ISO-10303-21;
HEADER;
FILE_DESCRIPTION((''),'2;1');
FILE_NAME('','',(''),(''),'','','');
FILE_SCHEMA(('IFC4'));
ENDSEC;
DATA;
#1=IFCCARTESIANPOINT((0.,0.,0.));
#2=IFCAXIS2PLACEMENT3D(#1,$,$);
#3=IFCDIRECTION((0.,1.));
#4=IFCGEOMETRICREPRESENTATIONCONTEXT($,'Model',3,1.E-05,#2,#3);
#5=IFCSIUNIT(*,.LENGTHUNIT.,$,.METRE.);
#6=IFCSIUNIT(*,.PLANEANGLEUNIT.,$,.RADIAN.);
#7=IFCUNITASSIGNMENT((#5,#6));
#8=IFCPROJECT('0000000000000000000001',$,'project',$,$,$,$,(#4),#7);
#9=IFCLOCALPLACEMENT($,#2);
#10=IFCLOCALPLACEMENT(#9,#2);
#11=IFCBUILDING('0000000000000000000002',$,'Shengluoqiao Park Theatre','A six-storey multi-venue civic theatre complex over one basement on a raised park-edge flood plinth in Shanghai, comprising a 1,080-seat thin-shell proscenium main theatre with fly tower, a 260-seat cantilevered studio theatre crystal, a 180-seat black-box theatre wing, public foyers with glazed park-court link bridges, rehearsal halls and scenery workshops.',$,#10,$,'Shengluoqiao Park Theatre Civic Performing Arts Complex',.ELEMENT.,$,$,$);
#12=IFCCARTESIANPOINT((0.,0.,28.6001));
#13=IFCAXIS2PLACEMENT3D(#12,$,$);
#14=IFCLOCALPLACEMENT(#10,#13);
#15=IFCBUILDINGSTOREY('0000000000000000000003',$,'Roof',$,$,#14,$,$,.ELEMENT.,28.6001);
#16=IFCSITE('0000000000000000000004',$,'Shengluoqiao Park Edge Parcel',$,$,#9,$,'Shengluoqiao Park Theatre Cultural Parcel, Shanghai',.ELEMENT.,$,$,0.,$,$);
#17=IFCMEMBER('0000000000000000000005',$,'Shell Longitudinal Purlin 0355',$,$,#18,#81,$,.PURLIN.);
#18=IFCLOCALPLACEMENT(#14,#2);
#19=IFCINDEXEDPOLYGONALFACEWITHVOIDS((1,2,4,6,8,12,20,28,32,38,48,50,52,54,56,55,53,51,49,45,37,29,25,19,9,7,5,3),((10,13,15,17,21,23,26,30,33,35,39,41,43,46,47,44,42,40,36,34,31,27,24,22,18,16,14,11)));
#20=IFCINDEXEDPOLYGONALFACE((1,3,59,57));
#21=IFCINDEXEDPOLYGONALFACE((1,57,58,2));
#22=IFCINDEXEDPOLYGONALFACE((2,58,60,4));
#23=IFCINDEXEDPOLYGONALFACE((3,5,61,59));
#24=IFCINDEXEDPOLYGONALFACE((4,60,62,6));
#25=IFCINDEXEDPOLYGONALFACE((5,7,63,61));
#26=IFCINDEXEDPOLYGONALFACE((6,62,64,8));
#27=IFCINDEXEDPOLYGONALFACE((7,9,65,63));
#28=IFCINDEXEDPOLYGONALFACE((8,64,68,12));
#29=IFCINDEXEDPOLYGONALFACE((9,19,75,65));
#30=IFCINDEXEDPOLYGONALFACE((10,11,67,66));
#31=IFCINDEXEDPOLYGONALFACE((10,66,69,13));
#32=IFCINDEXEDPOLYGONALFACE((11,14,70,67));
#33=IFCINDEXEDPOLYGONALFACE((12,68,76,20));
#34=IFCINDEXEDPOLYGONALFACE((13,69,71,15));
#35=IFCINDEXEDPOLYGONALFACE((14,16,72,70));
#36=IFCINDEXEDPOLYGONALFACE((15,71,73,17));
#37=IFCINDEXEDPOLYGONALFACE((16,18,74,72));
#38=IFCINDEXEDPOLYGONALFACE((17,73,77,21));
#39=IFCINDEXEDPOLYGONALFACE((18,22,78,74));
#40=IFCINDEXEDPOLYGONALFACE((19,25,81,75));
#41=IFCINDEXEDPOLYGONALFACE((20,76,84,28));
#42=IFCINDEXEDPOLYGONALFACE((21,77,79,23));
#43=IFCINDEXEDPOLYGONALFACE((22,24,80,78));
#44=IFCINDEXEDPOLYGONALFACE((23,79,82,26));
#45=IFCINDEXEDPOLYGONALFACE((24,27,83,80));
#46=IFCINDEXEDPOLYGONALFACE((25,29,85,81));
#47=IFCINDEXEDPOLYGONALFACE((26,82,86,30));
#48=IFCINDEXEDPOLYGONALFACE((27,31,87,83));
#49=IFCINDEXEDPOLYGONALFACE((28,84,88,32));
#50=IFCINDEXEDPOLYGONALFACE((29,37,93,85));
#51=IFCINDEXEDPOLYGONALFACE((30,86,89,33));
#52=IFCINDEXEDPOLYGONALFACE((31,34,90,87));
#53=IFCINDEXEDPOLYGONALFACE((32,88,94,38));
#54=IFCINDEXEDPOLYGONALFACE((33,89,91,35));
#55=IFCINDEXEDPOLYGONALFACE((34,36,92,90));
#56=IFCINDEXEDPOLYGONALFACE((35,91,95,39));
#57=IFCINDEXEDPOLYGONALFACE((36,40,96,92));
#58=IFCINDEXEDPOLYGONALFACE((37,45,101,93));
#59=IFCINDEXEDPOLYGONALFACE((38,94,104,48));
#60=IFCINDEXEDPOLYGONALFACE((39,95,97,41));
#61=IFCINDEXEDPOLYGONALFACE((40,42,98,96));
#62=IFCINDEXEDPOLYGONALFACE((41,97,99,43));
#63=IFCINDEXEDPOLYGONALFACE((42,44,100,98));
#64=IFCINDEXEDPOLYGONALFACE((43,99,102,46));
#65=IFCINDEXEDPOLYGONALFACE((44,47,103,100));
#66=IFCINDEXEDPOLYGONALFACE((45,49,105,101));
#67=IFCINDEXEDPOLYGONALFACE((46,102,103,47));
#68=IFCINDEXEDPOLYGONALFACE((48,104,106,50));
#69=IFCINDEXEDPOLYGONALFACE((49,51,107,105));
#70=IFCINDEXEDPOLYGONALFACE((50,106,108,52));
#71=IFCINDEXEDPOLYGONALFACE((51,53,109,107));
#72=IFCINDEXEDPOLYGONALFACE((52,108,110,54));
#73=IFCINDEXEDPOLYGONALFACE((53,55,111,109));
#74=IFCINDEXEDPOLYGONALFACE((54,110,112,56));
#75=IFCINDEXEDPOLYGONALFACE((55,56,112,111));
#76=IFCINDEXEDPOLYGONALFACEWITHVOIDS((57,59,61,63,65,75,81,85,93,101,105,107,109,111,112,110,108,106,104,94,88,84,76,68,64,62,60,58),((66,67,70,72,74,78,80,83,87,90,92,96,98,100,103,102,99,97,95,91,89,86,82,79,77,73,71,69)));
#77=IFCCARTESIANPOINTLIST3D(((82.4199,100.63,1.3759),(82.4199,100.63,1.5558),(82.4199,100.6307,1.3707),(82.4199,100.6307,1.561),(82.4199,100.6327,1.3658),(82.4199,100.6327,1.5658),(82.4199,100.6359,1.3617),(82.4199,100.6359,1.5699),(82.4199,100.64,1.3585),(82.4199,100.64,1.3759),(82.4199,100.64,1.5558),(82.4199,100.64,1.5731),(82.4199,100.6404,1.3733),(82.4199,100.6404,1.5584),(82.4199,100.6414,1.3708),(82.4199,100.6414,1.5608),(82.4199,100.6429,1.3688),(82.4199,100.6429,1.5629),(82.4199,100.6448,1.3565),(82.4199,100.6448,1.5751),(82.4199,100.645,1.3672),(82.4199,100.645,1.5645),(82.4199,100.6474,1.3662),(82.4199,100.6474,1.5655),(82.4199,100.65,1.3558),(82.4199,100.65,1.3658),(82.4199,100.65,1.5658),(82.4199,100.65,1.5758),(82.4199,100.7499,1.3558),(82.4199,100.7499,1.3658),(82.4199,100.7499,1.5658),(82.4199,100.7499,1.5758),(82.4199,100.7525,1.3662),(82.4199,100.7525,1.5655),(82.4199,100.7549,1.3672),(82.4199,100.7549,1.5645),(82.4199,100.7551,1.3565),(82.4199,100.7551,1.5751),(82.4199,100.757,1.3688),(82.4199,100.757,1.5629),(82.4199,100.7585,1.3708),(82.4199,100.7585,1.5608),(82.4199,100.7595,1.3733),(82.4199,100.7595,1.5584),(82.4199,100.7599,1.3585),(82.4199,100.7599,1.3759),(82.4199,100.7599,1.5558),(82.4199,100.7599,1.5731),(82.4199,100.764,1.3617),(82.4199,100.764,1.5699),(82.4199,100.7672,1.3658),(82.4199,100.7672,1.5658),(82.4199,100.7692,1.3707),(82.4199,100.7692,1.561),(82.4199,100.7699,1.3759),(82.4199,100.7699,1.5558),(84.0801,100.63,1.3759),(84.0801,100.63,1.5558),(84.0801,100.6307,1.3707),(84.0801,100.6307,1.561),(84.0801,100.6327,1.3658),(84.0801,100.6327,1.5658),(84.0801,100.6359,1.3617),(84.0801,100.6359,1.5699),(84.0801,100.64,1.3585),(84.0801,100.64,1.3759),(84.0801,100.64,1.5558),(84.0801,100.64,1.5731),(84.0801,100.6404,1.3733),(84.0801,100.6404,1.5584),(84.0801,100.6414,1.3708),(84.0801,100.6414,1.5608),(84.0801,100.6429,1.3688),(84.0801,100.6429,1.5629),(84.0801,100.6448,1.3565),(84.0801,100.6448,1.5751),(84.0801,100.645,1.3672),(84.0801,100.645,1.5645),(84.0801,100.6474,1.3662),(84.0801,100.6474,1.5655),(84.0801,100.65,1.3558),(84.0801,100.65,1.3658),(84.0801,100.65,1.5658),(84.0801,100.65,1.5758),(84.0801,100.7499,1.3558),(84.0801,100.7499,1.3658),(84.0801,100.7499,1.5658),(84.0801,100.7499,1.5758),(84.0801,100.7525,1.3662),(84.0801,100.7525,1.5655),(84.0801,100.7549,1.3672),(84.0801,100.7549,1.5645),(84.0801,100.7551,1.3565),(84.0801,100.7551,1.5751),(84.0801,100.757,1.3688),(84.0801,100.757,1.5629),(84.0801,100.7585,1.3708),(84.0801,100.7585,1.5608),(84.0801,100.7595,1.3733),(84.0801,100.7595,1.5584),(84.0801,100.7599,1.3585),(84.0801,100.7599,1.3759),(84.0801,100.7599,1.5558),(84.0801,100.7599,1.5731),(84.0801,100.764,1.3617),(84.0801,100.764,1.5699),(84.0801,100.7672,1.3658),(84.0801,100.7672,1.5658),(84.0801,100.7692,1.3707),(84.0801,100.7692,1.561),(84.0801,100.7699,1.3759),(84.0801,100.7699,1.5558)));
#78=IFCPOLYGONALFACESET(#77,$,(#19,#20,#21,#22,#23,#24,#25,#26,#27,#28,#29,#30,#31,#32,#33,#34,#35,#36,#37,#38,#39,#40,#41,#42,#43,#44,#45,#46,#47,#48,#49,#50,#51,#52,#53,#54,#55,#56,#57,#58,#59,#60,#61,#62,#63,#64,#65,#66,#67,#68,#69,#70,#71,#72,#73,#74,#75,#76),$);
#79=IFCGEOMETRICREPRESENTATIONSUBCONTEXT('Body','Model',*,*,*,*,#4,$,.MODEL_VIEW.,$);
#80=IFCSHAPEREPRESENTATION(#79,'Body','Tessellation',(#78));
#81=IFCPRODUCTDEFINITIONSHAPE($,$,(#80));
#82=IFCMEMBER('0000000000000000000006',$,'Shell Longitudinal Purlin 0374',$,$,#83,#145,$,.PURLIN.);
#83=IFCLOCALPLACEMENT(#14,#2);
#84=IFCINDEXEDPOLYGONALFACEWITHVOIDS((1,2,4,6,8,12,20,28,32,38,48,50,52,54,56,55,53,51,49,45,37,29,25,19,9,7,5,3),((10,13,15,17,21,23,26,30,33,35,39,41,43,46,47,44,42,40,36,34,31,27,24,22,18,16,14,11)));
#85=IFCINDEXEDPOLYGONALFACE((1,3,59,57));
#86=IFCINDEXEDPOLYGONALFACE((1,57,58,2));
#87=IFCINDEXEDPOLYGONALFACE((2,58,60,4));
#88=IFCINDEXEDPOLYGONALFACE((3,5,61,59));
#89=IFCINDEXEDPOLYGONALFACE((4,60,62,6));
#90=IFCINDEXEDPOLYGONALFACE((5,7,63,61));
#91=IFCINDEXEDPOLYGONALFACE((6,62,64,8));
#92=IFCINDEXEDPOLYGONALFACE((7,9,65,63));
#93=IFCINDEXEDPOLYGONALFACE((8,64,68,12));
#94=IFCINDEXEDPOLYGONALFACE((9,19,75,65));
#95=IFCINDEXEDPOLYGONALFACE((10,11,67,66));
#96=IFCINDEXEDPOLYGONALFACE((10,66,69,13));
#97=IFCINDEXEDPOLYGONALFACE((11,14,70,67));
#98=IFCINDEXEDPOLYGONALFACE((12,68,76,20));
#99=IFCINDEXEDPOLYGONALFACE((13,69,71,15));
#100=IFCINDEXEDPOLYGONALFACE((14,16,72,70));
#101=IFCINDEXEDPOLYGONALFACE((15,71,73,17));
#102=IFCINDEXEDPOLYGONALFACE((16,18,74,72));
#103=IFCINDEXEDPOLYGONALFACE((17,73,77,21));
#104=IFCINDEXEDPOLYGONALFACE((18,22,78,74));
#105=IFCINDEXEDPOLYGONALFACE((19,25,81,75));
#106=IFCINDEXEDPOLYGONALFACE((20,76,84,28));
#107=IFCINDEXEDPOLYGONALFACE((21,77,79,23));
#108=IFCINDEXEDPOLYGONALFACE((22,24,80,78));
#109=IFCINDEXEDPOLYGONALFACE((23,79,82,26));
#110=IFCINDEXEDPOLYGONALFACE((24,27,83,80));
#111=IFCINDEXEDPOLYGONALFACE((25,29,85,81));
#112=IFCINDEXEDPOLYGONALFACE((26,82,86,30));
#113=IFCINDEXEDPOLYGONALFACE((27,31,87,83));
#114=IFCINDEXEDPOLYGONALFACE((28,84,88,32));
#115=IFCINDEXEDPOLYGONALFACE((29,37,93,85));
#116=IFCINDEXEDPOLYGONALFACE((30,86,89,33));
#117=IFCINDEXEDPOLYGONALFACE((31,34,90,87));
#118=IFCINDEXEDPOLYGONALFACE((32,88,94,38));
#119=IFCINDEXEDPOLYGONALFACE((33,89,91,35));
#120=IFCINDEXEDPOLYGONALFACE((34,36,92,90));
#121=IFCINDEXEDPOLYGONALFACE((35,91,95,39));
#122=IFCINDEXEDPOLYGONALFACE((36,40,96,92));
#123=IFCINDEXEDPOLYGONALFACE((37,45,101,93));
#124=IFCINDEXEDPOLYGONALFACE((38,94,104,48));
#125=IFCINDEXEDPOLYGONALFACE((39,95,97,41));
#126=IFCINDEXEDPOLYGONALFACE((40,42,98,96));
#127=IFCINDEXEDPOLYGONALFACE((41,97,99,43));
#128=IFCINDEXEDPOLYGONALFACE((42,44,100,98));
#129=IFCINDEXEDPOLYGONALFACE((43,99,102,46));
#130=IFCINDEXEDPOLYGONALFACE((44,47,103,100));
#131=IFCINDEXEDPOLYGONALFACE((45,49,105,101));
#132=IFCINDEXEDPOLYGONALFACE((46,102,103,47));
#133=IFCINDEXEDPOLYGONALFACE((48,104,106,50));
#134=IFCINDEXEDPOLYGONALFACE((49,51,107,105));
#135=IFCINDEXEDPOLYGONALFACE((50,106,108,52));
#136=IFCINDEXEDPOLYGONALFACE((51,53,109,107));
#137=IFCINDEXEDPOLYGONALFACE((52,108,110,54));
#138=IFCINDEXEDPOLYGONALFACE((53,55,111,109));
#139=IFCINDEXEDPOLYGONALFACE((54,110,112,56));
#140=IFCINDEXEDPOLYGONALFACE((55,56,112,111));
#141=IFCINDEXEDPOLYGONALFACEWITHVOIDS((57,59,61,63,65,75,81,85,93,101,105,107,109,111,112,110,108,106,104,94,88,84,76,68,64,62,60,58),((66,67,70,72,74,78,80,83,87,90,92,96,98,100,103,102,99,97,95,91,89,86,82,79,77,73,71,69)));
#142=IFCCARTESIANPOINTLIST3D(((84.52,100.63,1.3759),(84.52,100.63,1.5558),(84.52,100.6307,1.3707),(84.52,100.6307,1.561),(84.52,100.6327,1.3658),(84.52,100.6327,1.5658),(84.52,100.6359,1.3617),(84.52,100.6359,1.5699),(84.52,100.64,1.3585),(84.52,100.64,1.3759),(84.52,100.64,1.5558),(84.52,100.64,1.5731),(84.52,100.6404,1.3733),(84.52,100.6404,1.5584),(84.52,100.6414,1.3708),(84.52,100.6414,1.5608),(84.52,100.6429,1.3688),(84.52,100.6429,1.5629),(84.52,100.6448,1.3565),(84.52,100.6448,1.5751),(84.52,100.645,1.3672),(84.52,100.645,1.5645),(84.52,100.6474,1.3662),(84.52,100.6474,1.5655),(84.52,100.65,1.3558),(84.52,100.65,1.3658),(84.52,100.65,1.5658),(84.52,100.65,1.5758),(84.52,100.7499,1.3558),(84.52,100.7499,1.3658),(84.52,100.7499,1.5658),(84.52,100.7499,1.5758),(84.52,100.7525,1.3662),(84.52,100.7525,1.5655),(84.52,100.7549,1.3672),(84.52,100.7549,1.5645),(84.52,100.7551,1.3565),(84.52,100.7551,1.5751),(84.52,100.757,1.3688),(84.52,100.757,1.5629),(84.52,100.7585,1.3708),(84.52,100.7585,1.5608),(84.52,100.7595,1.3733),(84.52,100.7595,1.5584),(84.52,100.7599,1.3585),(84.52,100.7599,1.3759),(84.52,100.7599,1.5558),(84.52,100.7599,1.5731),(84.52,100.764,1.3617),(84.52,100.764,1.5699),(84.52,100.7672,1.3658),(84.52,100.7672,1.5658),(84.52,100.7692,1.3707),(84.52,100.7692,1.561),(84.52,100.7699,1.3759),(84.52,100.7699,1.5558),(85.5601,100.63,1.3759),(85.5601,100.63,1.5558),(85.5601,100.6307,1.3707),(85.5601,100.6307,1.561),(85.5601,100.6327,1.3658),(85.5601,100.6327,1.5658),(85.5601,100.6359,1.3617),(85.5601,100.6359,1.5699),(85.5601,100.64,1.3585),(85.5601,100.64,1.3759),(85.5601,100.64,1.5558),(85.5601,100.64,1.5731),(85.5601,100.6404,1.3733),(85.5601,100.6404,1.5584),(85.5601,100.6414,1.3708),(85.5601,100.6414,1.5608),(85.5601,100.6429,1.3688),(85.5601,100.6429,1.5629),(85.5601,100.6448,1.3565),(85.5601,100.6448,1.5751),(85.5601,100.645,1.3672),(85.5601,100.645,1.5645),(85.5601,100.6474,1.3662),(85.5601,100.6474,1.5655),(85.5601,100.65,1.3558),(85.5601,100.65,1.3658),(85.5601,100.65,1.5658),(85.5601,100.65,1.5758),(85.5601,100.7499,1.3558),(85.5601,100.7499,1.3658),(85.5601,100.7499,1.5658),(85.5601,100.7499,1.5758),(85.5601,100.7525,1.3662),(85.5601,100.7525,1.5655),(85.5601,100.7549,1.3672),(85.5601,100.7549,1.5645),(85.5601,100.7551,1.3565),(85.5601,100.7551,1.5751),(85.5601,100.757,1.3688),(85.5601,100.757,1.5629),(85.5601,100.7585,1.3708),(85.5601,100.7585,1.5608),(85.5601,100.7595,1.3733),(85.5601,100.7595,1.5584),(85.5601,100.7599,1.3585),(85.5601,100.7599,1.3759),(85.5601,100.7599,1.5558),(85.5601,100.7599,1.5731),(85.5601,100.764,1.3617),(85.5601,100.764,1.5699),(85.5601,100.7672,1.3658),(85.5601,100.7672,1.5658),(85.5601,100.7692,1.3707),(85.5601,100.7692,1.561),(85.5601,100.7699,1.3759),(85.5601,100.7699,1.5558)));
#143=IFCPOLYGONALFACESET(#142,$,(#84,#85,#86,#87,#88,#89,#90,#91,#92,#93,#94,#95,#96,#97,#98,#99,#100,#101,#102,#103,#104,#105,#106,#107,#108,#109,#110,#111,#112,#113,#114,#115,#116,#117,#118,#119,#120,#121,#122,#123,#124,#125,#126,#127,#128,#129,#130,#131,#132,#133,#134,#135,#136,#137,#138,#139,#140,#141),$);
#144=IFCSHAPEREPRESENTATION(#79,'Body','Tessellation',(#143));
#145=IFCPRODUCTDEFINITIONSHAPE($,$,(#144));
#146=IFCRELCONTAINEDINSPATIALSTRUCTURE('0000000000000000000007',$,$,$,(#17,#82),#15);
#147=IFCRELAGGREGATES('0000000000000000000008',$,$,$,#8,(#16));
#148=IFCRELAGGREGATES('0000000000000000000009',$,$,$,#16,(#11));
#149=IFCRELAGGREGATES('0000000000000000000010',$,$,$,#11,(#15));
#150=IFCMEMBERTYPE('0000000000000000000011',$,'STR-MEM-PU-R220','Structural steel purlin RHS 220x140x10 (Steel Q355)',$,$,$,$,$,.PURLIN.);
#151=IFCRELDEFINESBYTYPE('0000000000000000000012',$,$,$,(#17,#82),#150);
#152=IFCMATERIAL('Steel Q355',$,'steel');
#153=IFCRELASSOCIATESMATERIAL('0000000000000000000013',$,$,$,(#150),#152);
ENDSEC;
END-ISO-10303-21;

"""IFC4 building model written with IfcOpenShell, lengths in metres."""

from ifc_helpers import new_model, si_unit, direction, frame, origin, origin_2d, place, context, subcontext, project, spatial, hollow_rectangle, extrude, material, material_profile, profile_set, type_object, element, save


model = new_model("IFC4")

# Units and contexts
model_context = context("Model", 3, precision=1e-05, world=origin(), true_north=direction((0.0, 1.0)))
body_context = subcontext(model_context, "Body", "Model", "MODEL_VIEW")
ifc_project = project(units=[si_unit("LENGTHUNIT", "METRE"), si_unit("PLANEANGLEUNIT", "RADIAN")], contexts=[model_context])

# Site, building, storey
site_placement = place(None, origin())
site = spatial("IfcSite", under=ifc_project, at=site_placement, Name="Shengluoqiao Park Edge Parcel", LongName="Shengluoqiao Park Theatre Cultural Parcel, Shanghai", CompositionType="ELEMENT", RefElevation=0.0)
building_placement = place(site_placement, origin())
building = spatial("IfcBuilding", under=site, at=building_placement, Name="Shengluoqiao Park Theatre", Description="A six-storey multi-venue civic theatre complex over one basement on a raised park-edge flood plinth in Shanghai, comprising a 1,080-seat thin-shell proscenium main theatre with fly tower, a 260-seat cantilevered studio theatre crystal, a 180-seat black-box theatre wing, public foyers with glazed park-court link bridges, rehearsal halls and scenery workshops.", LongName="Shengluoqiao Park Theatre Civic Performing Arts Complex", CompositionType="ELEMENT")
storey_placement = place(building_placement, frame((0.0, 0.0, 28.6001)))
storey = spatial("IfcBuildingStorey", under=building, at=storey_placement, Name="Roof", CompositionType="ELEMENT", Elevation=28.6001)

# Shared definitions
ifc_material_1 = material(Name="Steel Q355", Category="steel")

# Members
ifc_material_profile_1 = material_profile(ifc_material_1, hollow_rectangle(XDim=0.1399, YDim=0.22, WallThickness=0.01, InnerFilletRadius=0.01, OuterFilletRadius=0.02, at=origin_2d()), Name="RHS 220x140x10")
ifc_profile_set_1 = profile_set([ifc_material_profile_1], Name="Steel Q355")
member_type_1 = type_object("IfcMemberType", Name="STR-MEM-PU-R220", Description="Structural steel purlin RHS 220x140x10 (Steel Q355)", PredefinedType="PURLIN", material=ifc_profile_set_1)
member_1_placement = place(storey_placement, frame((82.4199, 100.7, 1.4658), z_axis=(1.0, 0.0, 0.0), x_axis=(0.0, 1.0, 0.0)))
element("IfcMember", 1, at=member_1_placement, inside=storey, type_object=member_type_1, Name="Shell Longitudinal Purlin 0355", PredefinedType="PURLIN", context=body_context, shape_type="SweptSolid", body=[
    extrude(hollow_rectangle(XDim=0.1399, YDim=0.22, WallThickness=0.01, InnerFilletRadius=0.01, OuterFilletRadius=0.02, at=origin_2d()), origin(), (0.0, 0.0, 1.0), 1.6602),
])
member_2_placement = place(storey_placement, frame((84.52, 100.7, 1.4658), z_axis=(1.0, 0.0, 0.0), x_axis=(0.0, 1.0, 0.0)))
element("IfcMember", 2, at=member_2_placement, inside=storey, type_object=member_type_1, Name="Shell Longitudinal Purlin 0374", PredefinedType="PURLIN", context=body_context, shape_type="SweptSolid", body=[
    extrude(hollow_rectangle(XDim=0.1399, YDim=0.22, WallThickness=0.01, InnerFilletRadius=0.01, OuterFilletRadius=0.02, at=origin_2d()), origin(), (0.0, 0.0, 1.0), 1.04),
])

save(model, "model.ifc")
